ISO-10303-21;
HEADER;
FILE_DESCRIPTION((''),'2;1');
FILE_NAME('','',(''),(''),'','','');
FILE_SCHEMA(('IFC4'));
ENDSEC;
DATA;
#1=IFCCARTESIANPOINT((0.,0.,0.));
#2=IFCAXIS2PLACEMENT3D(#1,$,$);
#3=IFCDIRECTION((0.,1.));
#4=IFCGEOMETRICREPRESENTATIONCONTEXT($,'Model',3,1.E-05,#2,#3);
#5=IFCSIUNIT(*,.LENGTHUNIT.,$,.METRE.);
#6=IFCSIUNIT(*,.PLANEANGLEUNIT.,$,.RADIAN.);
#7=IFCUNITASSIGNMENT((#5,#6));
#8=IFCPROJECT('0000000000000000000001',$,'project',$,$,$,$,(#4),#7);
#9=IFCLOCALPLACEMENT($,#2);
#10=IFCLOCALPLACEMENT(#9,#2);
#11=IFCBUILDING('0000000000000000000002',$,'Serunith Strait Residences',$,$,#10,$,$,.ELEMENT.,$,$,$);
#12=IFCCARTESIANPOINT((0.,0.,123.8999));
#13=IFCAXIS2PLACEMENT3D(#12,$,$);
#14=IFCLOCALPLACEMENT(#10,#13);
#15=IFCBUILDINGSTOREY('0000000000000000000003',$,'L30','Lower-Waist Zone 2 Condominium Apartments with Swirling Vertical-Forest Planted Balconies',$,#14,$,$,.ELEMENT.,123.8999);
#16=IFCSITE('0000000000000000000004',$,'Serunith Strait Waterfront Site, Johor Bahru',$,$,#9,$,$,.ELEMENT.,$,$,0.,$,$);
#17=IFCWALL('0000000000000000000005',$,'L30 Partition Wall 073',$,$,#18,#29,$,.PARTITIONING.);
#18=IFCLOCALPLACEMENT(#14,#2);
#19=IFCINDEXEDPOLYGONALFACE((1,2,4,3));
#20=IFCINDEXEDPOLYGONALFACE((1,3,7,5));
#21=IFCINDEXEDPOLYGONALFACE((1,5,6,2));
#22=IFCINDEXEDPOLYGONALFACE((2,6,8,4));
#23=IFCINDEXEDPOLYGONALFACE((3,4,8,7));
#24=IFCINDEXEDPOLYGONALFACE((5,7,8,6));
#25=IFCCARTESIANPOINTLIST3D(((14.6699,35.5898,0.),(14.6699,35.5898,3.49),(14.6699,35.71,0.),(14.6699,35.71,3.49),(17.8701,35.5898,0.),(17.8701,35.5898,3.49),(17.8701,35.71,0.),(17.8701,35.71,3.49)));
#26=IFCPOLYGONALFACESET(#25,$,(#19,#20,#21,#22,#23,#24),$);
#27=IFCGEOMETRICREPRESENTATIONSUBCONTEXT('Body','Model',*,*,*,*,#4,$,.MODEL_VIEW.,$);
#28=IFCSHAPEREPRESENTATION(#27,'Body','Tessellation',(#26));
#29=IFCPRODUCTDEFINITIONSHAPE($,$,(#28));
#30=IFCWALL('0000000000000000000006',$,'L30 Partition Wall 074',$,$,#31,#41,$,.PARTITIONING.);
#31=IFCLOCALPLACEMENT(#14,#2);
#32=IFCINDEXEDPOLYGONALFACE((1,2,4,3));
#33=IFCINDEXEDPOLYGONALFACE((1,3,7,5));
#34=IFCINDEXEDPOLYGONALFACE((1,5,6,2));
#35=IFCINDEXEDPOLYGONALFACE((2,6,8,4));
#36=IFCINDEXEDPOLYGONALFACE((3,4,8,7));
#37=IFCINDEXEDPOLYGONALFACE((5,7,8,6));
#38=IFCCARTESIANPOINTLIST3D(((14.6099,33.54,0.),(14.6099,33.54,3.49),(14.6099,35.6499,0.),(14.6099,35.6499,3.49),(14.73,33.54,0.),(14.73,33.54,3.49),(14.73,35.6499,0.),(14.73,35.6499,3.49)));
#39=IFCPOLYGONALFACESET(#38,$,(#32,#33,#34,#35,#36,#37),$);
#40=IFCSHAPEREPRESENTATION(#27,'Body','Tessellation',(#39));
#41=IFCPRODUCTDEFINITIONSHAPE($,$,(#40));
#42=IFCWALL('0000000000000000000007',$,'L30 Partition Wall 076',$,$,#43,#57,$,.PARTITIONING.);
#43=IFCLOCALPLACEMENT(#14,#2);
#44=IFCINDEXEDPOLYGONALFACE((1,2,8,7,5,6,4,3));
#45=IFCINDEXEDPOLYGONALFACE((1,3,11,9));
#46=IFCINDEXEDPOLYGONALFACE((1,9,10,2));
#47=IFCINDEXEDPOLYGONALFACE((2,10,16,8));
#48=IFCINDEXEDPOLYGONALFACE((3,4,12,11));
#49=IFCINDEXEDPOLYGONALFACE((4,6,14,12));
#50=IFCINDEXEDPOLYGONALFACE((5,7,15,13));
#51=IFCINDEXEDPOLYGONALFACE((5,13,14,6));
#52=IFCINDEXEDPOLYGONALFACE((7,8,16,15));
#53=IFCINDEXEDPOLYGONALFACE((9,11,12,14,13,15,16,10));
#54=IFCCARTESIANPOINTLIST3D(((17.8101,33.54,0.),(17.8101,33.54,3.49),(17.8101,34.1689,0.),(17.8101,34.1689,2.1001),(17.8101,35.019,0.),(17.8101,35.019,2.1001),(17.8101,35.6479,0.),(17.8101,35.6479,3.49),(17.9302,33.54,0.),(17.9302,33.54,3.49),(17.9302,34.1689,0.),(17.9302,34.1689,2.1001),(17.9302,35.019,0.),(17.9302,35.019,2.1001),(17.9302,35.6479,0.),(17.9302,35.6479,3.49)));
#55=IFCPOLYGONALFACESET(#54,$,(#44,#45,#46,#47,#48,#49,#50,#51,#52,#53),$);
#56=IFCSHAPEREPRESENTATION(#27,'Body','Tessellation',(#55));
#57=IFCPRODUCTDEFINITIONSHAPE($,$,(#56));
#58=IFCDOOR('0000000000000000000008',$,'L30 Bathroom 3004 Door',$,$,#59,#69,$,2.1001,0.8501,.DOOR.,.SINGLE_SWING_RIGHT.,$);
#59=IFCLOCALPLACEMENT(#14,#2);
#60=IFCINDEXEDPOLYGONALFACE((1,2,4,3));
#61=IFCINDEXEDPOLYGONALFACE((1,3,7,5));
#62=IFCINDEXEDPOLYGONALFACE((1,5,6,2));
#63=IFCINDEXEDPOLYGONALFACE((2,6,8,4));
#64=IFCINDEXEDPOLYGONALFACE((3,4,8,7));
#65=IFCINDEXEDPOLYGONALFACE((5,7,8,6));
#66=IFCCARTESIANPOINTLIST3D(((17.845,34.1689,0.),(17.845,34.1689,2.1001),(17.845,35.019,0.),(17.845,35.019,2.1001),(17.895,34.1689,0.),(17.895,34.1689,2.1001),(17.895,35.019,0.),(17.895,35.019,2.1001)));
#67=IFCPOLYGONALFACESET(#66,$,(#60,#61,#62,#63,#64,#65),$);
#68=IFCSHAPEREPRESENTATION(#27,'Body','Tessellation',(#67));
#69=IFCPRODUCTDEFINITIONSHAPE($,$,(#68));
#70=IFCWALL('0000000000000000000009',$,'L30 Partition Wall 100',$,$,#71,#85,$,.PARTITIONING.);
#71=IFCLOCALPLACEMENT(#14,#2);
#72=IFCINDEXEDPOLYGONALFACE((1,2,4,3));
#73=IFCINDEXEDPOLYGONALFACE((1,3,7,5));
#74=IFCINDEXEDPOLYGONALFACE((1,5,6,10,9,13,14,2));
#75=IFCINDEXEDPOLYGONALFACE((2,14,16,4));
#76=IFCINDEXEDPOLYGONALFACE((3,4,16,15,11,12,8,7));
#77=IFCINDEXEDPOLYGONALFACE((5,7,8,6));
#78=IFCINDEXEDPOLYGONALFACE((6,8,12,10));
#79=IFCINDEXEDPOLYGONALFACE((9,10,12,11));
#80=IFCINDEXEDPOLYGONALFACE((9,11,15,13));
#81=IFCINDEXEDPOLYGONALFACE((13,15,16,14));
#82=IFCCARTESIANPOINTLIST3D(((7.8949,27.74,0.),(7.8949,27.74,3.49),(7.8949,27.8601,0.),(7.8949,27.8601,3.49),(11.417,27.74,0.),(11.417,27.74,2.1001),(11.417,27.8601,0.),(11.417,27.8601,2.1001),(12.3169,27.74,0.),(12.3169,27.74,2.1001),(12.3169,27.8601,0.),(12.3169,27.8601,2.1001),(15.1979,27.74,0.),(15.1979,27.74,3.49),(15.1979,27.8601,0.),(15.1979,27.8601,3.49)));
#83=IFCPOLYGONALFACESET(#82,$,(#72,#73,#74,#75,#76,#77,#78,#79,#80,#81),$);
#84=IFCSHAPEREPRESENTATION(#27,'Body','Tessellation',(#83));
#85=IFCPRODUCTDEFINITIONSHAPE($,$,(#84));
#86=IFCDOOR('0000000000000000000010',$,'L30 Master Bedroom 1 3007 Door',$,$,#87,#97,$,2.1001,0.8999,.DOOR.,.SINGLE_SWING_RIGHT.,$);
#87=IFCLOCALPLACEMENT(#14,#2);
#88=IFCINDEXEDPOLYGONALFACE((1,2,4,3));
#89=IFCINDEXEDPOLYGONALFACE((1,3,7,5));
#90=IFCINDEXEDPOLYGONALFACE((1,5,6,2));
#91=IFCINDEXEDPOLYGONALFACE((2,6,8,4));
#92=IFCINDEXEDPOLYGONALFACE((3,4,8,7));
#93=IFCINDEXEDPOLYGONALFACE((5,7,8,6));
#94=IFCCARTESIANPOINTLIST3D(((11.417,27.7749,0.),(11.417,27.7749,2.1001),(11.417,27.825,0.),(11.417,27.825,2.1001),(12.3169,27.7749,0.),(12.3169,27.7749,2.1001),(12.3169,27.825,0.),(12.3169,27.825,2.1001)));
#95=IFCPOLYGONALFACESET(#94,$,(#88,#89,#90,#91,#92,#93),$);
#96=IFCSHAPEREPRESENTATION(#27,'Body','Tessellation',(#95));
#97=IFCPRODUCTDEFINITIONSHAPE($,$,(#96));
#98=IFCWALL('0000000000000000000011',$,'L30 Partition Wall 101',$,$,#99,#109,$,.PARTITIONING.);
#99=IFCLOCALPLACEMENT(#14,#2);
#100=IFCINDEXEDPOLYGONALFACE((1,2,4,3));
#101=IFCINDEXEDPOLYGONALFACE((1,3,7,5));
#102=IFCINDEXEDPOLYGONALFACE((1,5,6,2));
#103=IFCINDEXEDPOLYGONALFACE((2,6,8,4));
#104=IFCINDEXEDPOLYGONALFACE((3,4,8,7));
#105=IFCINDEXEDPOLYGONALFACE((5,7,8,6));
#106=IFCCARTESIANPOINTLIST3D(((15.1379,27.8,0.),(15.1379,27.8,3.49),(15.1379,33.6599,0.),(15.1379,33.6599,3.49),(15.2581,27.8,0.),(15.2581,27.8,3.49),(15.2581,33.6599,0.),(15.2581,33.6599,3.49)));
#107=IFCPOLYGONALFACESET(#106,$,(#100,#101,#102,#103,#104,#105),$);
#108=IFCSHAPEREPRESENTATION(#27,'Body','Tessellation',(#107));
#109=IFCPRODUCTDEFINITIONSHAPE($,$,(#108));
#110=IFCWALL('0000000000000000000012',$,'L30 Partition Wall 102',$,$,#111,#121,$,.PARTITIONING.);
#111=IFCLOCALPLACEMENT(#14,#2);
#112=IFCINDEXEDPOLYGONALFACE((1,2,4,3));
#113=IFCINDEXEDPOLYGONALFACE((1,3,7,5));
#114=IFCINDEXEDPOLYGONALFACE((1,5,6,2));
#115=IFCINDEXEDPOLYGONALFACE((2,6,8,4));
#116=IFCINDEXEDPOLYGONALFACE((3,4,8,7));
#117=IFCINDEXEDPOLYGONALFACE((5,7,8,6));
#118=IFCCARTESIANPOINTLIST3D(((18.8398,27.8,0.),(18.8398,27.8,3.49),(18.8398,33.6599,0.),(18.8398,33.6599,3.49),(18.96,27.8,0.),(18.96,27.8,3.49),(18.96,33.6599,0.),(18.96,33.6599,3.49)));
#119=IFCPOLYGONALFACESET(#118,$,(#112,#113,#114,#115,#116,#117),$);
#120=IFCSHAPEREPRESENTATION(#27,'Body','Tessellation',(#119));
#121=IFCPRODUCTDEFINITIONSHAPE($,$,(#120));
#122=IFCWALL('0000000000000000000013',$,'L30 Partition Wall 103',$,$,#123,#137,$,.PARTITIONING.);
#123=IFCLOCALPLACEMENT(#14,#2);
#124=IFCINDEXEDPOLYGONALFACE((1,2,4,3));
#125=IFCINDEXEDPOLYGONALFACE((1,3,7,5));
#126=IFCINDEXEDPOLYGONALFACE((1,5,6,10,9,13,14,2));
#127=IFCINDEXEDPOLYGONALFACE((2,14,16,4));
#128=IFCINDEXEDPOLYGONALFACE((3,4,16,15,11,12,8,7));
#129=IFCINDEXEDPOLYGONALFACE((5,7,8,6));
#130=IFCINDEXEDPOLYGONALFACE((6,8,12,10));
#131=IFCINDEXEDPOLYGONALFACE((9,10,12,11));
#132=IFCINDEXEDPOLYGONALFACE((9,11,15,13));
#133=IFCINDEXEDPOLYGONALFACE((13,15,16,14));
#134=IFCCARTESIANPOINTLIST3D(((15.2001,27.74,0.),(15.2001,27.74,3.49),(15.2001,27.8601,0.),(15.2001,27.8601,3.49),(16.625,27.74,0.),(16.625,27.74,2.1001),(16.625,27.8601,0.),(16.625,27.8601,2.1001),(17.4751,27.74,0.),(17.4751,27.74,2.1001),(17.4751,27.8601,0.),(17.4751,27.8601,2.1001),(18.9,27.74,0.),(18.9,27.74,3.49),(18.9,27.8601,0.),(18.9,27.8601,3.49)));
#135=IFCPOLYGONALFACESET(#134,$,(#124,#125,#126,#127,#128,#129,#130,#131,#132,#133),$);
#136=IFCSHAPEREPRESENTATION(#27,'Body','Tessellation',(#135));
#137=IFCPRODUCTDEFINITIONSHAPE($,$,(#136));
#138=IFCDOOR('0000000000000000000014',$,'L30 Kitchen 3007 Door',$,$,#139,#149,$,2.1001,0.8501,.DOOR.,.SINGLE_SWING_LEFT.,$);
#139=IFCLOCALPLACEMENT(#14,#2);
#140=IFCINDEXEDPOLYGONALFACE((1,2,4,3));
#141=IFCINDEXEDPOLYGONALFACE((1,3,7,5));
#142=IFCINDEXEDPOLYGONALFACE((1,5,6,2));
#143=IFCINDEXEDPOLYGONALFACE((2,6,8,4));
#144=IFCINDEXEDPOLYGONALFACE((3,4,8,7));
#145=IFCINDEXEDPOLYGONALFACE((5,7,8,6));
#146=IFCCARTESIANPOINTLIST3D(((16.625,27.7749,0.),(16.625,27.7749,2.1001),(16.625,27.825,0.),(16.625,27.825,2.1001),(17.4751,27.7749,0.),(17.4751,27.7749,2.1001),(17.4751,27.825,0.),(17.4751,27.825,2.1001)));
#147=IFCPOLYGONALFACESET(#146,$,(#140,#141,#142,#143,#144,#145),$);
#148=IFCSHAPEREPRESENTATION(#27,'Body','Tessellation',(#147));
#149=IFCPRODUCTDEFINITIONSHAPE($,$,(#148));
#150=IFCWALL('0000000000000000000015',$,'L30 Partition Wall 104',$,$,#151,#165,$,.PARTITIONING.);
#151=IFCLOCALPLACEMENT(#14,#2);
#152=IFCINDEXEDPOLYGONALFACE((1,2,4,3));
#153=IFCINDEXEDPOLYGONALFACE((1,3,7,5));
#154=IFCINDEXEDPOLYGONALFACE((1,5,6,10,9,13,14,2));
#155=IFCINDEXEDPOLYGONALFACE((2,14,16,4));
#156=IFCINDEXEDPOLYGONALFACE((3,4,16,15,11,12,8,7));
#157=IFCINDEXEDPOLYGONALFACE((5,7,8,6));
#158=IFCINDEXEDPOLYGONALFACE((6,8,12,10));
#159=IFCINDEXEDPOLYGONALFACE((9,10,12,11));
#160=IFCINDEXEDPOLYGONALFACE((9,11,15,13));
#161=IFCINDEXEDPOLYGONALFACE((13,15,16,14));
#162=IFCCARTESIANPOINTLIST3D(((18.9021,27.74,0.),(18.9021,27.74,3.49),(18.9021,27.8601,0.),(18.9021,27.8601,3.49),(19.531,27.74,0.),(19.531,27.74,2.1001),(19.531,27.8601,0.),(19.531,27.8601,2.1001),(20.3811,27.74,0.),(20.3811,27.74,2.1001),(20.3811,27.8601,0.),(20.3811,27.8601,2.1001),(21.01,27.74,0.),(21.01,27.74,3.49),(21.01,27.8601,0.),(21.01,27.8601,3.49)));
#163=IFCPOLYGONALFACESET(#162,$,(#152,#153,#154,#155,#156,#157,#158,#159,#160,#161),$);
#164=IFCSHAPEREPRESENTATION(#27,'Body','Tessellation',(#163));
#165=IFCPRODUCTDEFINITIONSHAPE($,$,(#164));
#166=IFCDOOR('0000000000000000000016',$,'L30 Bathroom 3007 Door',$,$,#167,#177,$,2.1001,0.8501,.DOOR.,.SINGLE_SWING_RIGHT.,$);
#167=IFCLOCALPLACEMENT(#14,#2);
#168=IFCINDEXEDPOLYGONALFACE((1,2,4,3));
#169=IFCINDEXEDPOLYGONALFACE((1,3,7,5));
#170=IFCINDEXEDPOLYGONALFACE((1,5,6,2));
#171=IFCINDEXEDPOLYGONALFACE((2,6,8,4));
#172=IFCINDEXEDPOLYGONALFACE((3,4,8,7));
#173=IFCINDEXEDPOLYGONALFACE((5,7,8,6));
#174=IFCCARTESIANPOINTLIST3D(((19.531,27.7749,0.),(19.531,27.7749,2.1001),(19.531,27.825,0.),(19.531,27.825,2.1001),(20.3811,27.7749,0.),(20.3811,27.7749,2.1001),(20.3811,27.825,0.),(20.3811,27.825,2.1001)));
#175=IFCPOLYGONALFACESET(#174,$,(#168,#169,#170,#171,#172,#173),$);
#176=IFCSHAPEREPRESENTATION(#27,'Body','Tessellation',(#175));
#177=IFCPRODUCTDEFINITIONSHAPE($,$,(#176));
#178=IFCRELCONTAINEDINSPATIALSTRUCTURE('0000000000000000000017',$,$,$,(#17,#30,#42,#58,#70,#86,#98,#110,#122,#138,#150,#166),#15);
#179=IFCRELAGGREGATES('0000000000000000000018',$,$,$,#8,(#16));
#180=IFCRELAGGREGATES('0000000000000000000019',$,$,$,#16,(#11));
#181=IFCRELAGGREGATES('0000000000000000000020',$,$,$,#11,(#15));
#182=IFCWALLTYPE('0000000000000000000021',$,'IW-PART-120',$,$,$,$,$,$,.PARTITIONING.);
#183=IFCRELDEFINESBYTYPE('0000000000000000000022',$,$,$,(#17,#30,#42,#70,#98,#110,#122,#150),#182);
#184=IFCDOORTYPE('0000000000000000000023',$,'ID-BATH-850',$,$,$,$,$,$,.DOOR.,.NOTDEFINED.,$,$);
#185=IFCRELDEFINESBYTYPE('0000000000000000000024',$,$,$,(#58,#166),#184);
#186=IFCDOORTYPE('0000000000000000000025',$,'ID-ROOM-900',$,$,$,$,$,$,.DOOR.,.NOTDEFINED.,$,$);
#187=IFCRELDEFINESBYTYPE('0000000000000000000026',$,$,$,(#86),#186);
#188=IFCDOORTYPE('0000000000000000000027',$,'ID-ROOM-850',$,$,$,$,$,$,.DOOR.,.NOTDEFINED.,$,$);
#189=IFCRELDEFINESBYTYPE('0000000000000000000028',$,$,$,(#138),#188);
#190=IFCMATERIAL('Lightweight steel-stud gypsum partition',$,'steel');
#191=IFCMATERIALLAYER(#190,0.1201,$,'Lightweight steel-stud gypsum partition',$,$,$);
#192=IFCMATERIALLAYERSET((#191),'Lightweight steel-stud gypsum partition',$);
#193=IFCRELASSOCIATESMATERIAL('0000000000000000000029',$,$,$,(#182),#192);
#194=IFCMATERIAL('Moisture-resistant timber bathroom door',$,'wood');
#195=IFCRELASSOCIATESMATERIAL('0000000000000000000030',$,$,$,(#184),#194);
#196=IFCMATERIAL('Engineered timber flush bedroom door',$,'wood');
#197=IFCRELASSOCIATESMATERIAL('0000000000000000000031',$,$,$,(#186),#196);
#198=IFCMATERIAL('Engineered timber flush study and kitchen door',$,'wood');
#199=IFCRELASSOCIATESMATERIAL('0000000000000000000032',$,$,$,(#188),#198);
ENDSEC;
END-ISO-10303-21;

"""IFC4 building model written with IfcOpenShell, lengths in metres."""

from ifc_helpers import new_model, si_unit, direction, frame, frame_2d, origin, place, context, subcontext, project, spatial, rectangle, extrude, source, transform, mapped, material, layer, layer_set, type_object, element, fill, save


model = new_model("IFC4")

# Units and contexts
model_context = context("Model", 3, precision=1e-05, world=origin(), true_north=direction((0.0, 1.0)))
body_context = subcontext(model_context, "Body", "Model", "MODEL_VIEW")
ifc_project = project(units=[si_unit("LENGTHUNIT", "METRE"), si_unit("PLANEANGLEUNIT", "RADIAN")], contexts=[model_context])

# Site, building, storey
site_placement = place(None, origin())
site = spatial("IfcSite", under=ifc_project, at=site_placement, Name="Serunith Strait Waterfront Site, Johor Bahru", CompositionType="ELEMENT", RefElevation=0.0)
building_placement = place(site_placement, origin())
building = spatial("IfcBuilding", under=site, at=building_placement, Name="Serunith Strait Residences", CompositionType="ELEMENT")
storey_placement = place(building_placement, frame((0.0, 0.0, 123.8999)))
storey = spatial("IfcBuildingStorey", under=building, at=storey_placement, Name="L30", Description="Lower-Waist Zone 2 Condominium Apartments with Swirling Vertical-Forest Planted Balconies", CompositionType="ELEMENT", Elevation=123.8999)

# Walls
ifc_material_1 = material(Name="Lightweight steel-stud gypsum partition", Category="steel")
ifc_layer_1 = layer(ifc_material_1, 0.1201, Name="Lightweight steel-stud gypsum partition")
ifc_layer_set_1 = layer_set([ifc_layer_1], Name="Lightweight steel-stud gypsum partition")
wall_type_1 = type_object("IfcWallType", Name="IW-PART-120", PredefinedType="PARTITIONING", material=ifc_layer_set_1)
wall_1_placement = place(storey_placement, frame((14.6699, 35.6499, 0.0), z_axis=(0.0, 0.0, 1.0), x_axis=(1.0, 0.0, 0.0)))
element("IfcWall", 1, at=wall_1_placement, inside=storey, type_object=wall_type_1, Name="L30 Partition Wall 073", PredefinedType="PARTITIONING", context=body_context, shape_type="SweptSolid", body=[
    extrude(rectangle(XDim=3.2002, YDim=0.1201, at=frame_2d((1.6001, 0.0))), origin(), (0.0, 0.0, 1.0), 3.49),
])
wall_2_placement = place(storey_placement, frame((14.6699, 35.6499, 0.0), z_axis=(0.0, 0.0, 1.0), x_axis=(0.0, -1.0, 0.0)))
element("IfcWall", 2, at=wall_2_placement, inside=storey, type_object=wall_type_1, Name="L30 Partition Wall 074", PredefinedType="PARTITIONING", context=body_context, shape_type="SweptSolid", body=[
    extrude(rectangle(XDim=2.1099, YDim=0.1201, at=frame_2d((1.0549, 0.0))), origin(), (0.0, 0.0, 1.0), 3.49),
])

# Walls, openings, doors
wall_3_placement = place(storey_placement, frame((17.8701, 35.6479, 0.0), z_axis=(0.0, 0.0, 1.0), x_axis=(0.0, -1.0, 0.0)))
wall_3 = element("IfcWall", 3, at=wall_3_placement, inside=storey, type_object=wall_type_1, Name="L30 Partition Wall 076", PredefinedType="PARTITIONING", context=body_context, shape_type="SweptSolid", body=[
    extrude(rectangle(XDim=2.1079, YDim=0.1201, at=frame_2d((1.054, 0.0))), origin(), (0.0, 0.0, 1.0), 3.49),
])
opening_1_placement = place(wall_3_placement, frame((0.6289, 0.0, 0.0)))
opening_1 = element("IfcOpeningElement", 4, at=opening_1_placement, cuts=wall_3, PredefinedType="OPENING", context=body_context, shape_type="SweptSolid", body=[
    extrude(rectangle(XDim=0.8501, YDim=2.1001, at=frame_2d((0.425, 1.05))), frame((0.0, 0.0701, 0.0), z_axis=(0.0, -1.0, 0.0), x_axis=(1.0, 0.0, 0.0)), (0.0, 0.0, 1.0), 0.1401),
])
ifc_material_2 = material(Name="Moisture-resistant timber bathroom door", Category="wood")
door_type_1 = type_object("IfcDoorType", Name="ID-BATH-850", OperationType="NOTDEFINED", PredefinedType="DOOR", material=ifc_material_2)
shared_shape_1 = source(origin(), body_context, "Body", "SweptSolid", [
    extrude(rectangle(XDim=0.8501, YDim=2.1001, at=frame_2d((0.425, 1.05))), frame((0.0, 0.0249, 0.0), z_axis=(0.0, -1.0, 0.0), x_axis=(1.0, 0.0, 0.0)), (0.0, 0.0, 1.0), 0.05),
])
door_1_placement = place(opening_1_placement, origin())
door_1 = element("IfcDoor", 5, at=door_1_placement, inside=storey, type_object=door_type_1, Name="L30 Bathroom 3004 Door", OperationType="SINGLE_SWING_RIGHT", OverallHeight=2.1001, OverallWidth=0.8501, PredefinedType="DOOR", context=body_context, shape_type="MappedRepresentation", body=[
    mapped(shared_shape_1, transform((0.0, 0.0, 0.0), scale=1.0)),
])
fill(opening_1, door_1)
wall_4_placement = place(storey_placement, frame((7.895, 27.8, 0.0), z_axis=(0.0, 0.0, 1.0), x_axis=(1.0, 0.0, 0.0)))
wall_4 = element("IfcWall", 6, at=wall_4_placement, inside=storey, type_object=wall_type_1, Name="L30 Partition Wall 100", PredefinedType="PARTITIONING", context=body_context, shape_type="SweptSolid", body=[
    extrude(rectangle(XDim=7.303, YDim=0.1201, at=frame_2d((3.6514, 0.0))), origin(), (0.0, 0.0, 1.0), 3.49),
])
opening_2_placement = place(wall_4_placement, frame((3.522, 0.0, 0.0)))
opening_2 = element("IfcOpeningElement", 7, at=opening_2_placement, cuts=wall_4, PredefinedType="OPENING", context=body_context, shape_type="SweptSolid", body=[
    extrude(rectangle(XDim=0.8999, YDim=2.1001, at=frame_2d((0.45, 1.05))), frame((0.0, 0.0701, 0.0), z_axis=(0.0, -1.0, 0.0), x_axis=(1.0, 0.0, 0.0)), (0.0, 0.0, 1.0), 0.1401),
])
ifc_material_3 = material(Name="Engineered timber flush bedroom door", Category="wood")
door_type_2 = type_object("IfcDoorType", Name="ID-ROOM-900", OperationType="NOTDEFINED", PredefinedType="DOOR", material=ifc_material_3)
shared_shape_2 = source(origin(), body_context, "Body", "SweptSolid", [
    extrude(rectangle(XDim=0.8999, YDim=2.1001, at=frame_2d((0.45, 1.05))), frame((0.0, 0.0249, 0.0), z_axis=(0.0, -1.0, 0.0), x_axis=(1.0, 0.0, 0.0)), (0.0, 0.0, 1.0), 0.05),
])
door_2_placement = place(opening_2_placement, origin())
door_2 = element("IfcDoor", 8, at=door_2_placement, inside=storey, type_object=door_type_2, Name="L30 Master Bedroom 1 3007 Door", OperationType="SINGLE_SWING_RIGHT", OverallHeight=2.1001, OverallWidth=0.8999, PredefinedType="DOOR", context=body_context, shape_type="MappedRepresentation", body=[
    mapped(shared_shape_2, transform((0.0, 0.0, 0.0), scale=1.0)),
])
fill(opening_2, door_2)

# Walls
for number, where, z_axis, x_axis, name in (
    (9, (15.198, 27.8, 0.0), (0.0, 0.0, 1.0), (0.0, 1.0, 0.0), "L30 Partition Wall 101"),
    (10, (18.8999, 27.8, 0.0), (0.0, 0.0, 1.0), (0.0, 1.0, 0.0), "L30 Partition Wall 102"),
):
    element("IfcWall", number, at=place(storey_placement, frame(where, z_axis=z_axis, x_axis=x_axis)), inside=storey, type_object=wall_type_1, Name=name, PredefinedType="PARTITIONING", context=body_context, shape_type="SweptSolid", body=[
        extrude(rectangle(XDim=5.8599, YDim=0.1201, at=frame_2d((2.9299, 0.0))), origin(), (0.0, 0.0, 1.0), 3.49),
    ])

# Walls, openings, doors
wall_5_placement = place(storey_placement, frame((15.2, 27.8, 0.0), z_axis=(0.0, 0.0, 1.0), x_axis=(1.0, 0.0, 0.0)))
wall_5 = element("IfcWall", 11, at=wall_5_placement, inside=storey, type_object=wall_type_1, Name="L30 Partition Wall 103", PredefinedType="PARTITIONING", context=body_context, shape_type="SweptSolid", body=[
    extrude(rectangle(XDim=3.7, YDim=0.1201, at=frame_2d((1.8501, 0.0))), origin(), (0.0, 0.0, 1.0), 3.49),
])
opening_3_placement = place(wall_5_placement, frame((1.425, 0.0, 0.0)))
opening_3 = element("IfcOpeningElement", 12, at=opening_3_placement, cuts=wall_5, PredefinedType="OPENING", context=body_context, shape_type="SweptSolid", body=[
    extrude(rectangle(XDim=0.8501, YDim=2.1001, at=frame_2d((0.425, 1.05))), frame((0.0, 0.0701, 0.0), z_axis=(0.0, -1.0, 0.0), x_axis=(1.0, 0.0, 0.0)), (0.0, 0.0, 1.0), 0.1401),
])
ifc_material_4 = material(Name="Engineered timber flush study and kitchen door", Category="wood")
door_type_3 = type_object("IfcDoorType", Name="ID-ROOM-850", OperationType="NOTDEFINED", PredefinedType="DOOR", material=ifc_material_4)
door_3_placement = place(opening_3_placement, origin())
door_3 = element("IfcDoor", 13, at=door_3_placement, inside=storey, type_object=door_type_3, Name="L30 Kitchen 3007 Door", OperationType="SINGLE_SWING_LEFT", OverallHeight=2.1001, OverallWidth=0.8501, PredefinedType="DOOR", context=body_context, shape_type="MappedRepresentation", body=[
    mapped(shared_shape_1, transform((0.0, 0.0, 0.0), scale=1.0)),
])
fill(opening_3, door_3)
wall_6_placement = place(storey_placement, frame((18.9021, 27.8, 0.0), z_axis=(0.0, 0.0, 1.0), x_axis=(1.0, 0.0, 0.0)))
wall_6 = element("IfcWall", 14, at=wall_6_placement, inside=storey, type_object=wall_type_1, Name="L30 Partition Wall 104", PredefinedType="PARTITIONING", context=body_context, shape_type="SweptSolid", body=[
    extrude(rectangle(XDim=2.1079, YDim=0.1201, at=frame_2d((1.054, 0.0))), origin(), (0.0, 0.0, 1.0), 3.49),
])
opening_4_placement = place(wall_6_placement, frame((0.6289, 0.0, 0.0)))
opening_4 = element("IfcOpeningElement", 15, at=opening_4_placement, cuts=wall_6, PredefinedType="OPENING", context=body_context, shape_type="SweptSolid", body=[
    extrude(rectangle(XDim=0.8501, YDim=2.1001, at=frame_2d((0.425, 1.05))), frame((0.0, 0.0701, 0.0), z_axis=(0.0, -1.0, 0.0), x_axis=(1.0, 0.0, 0.0)), (0.0, 0.0, 1.0), 0.1401),
])
door_4_placement = place(opening_4_placement, origin())
door_4 = element("IfcDoor", 16, at=door_4_placement, inside=storey, type_object=door_type_1, Name="L30 Bathroom 3007 Door", OperationType="SINGLE_SWING_RIGHT", OverallHeight=2.1001, OverallWidth=0.8501, PredefinedType="DOOR", context=body_context, shape_type="MappedRepresentation", body=[
    mapped(shared_shape_1, transform((0.0, 0.0, 0.0), scale=1.0)),
])
fill(opening_4, door_4)

save(model, "model.ifc")
